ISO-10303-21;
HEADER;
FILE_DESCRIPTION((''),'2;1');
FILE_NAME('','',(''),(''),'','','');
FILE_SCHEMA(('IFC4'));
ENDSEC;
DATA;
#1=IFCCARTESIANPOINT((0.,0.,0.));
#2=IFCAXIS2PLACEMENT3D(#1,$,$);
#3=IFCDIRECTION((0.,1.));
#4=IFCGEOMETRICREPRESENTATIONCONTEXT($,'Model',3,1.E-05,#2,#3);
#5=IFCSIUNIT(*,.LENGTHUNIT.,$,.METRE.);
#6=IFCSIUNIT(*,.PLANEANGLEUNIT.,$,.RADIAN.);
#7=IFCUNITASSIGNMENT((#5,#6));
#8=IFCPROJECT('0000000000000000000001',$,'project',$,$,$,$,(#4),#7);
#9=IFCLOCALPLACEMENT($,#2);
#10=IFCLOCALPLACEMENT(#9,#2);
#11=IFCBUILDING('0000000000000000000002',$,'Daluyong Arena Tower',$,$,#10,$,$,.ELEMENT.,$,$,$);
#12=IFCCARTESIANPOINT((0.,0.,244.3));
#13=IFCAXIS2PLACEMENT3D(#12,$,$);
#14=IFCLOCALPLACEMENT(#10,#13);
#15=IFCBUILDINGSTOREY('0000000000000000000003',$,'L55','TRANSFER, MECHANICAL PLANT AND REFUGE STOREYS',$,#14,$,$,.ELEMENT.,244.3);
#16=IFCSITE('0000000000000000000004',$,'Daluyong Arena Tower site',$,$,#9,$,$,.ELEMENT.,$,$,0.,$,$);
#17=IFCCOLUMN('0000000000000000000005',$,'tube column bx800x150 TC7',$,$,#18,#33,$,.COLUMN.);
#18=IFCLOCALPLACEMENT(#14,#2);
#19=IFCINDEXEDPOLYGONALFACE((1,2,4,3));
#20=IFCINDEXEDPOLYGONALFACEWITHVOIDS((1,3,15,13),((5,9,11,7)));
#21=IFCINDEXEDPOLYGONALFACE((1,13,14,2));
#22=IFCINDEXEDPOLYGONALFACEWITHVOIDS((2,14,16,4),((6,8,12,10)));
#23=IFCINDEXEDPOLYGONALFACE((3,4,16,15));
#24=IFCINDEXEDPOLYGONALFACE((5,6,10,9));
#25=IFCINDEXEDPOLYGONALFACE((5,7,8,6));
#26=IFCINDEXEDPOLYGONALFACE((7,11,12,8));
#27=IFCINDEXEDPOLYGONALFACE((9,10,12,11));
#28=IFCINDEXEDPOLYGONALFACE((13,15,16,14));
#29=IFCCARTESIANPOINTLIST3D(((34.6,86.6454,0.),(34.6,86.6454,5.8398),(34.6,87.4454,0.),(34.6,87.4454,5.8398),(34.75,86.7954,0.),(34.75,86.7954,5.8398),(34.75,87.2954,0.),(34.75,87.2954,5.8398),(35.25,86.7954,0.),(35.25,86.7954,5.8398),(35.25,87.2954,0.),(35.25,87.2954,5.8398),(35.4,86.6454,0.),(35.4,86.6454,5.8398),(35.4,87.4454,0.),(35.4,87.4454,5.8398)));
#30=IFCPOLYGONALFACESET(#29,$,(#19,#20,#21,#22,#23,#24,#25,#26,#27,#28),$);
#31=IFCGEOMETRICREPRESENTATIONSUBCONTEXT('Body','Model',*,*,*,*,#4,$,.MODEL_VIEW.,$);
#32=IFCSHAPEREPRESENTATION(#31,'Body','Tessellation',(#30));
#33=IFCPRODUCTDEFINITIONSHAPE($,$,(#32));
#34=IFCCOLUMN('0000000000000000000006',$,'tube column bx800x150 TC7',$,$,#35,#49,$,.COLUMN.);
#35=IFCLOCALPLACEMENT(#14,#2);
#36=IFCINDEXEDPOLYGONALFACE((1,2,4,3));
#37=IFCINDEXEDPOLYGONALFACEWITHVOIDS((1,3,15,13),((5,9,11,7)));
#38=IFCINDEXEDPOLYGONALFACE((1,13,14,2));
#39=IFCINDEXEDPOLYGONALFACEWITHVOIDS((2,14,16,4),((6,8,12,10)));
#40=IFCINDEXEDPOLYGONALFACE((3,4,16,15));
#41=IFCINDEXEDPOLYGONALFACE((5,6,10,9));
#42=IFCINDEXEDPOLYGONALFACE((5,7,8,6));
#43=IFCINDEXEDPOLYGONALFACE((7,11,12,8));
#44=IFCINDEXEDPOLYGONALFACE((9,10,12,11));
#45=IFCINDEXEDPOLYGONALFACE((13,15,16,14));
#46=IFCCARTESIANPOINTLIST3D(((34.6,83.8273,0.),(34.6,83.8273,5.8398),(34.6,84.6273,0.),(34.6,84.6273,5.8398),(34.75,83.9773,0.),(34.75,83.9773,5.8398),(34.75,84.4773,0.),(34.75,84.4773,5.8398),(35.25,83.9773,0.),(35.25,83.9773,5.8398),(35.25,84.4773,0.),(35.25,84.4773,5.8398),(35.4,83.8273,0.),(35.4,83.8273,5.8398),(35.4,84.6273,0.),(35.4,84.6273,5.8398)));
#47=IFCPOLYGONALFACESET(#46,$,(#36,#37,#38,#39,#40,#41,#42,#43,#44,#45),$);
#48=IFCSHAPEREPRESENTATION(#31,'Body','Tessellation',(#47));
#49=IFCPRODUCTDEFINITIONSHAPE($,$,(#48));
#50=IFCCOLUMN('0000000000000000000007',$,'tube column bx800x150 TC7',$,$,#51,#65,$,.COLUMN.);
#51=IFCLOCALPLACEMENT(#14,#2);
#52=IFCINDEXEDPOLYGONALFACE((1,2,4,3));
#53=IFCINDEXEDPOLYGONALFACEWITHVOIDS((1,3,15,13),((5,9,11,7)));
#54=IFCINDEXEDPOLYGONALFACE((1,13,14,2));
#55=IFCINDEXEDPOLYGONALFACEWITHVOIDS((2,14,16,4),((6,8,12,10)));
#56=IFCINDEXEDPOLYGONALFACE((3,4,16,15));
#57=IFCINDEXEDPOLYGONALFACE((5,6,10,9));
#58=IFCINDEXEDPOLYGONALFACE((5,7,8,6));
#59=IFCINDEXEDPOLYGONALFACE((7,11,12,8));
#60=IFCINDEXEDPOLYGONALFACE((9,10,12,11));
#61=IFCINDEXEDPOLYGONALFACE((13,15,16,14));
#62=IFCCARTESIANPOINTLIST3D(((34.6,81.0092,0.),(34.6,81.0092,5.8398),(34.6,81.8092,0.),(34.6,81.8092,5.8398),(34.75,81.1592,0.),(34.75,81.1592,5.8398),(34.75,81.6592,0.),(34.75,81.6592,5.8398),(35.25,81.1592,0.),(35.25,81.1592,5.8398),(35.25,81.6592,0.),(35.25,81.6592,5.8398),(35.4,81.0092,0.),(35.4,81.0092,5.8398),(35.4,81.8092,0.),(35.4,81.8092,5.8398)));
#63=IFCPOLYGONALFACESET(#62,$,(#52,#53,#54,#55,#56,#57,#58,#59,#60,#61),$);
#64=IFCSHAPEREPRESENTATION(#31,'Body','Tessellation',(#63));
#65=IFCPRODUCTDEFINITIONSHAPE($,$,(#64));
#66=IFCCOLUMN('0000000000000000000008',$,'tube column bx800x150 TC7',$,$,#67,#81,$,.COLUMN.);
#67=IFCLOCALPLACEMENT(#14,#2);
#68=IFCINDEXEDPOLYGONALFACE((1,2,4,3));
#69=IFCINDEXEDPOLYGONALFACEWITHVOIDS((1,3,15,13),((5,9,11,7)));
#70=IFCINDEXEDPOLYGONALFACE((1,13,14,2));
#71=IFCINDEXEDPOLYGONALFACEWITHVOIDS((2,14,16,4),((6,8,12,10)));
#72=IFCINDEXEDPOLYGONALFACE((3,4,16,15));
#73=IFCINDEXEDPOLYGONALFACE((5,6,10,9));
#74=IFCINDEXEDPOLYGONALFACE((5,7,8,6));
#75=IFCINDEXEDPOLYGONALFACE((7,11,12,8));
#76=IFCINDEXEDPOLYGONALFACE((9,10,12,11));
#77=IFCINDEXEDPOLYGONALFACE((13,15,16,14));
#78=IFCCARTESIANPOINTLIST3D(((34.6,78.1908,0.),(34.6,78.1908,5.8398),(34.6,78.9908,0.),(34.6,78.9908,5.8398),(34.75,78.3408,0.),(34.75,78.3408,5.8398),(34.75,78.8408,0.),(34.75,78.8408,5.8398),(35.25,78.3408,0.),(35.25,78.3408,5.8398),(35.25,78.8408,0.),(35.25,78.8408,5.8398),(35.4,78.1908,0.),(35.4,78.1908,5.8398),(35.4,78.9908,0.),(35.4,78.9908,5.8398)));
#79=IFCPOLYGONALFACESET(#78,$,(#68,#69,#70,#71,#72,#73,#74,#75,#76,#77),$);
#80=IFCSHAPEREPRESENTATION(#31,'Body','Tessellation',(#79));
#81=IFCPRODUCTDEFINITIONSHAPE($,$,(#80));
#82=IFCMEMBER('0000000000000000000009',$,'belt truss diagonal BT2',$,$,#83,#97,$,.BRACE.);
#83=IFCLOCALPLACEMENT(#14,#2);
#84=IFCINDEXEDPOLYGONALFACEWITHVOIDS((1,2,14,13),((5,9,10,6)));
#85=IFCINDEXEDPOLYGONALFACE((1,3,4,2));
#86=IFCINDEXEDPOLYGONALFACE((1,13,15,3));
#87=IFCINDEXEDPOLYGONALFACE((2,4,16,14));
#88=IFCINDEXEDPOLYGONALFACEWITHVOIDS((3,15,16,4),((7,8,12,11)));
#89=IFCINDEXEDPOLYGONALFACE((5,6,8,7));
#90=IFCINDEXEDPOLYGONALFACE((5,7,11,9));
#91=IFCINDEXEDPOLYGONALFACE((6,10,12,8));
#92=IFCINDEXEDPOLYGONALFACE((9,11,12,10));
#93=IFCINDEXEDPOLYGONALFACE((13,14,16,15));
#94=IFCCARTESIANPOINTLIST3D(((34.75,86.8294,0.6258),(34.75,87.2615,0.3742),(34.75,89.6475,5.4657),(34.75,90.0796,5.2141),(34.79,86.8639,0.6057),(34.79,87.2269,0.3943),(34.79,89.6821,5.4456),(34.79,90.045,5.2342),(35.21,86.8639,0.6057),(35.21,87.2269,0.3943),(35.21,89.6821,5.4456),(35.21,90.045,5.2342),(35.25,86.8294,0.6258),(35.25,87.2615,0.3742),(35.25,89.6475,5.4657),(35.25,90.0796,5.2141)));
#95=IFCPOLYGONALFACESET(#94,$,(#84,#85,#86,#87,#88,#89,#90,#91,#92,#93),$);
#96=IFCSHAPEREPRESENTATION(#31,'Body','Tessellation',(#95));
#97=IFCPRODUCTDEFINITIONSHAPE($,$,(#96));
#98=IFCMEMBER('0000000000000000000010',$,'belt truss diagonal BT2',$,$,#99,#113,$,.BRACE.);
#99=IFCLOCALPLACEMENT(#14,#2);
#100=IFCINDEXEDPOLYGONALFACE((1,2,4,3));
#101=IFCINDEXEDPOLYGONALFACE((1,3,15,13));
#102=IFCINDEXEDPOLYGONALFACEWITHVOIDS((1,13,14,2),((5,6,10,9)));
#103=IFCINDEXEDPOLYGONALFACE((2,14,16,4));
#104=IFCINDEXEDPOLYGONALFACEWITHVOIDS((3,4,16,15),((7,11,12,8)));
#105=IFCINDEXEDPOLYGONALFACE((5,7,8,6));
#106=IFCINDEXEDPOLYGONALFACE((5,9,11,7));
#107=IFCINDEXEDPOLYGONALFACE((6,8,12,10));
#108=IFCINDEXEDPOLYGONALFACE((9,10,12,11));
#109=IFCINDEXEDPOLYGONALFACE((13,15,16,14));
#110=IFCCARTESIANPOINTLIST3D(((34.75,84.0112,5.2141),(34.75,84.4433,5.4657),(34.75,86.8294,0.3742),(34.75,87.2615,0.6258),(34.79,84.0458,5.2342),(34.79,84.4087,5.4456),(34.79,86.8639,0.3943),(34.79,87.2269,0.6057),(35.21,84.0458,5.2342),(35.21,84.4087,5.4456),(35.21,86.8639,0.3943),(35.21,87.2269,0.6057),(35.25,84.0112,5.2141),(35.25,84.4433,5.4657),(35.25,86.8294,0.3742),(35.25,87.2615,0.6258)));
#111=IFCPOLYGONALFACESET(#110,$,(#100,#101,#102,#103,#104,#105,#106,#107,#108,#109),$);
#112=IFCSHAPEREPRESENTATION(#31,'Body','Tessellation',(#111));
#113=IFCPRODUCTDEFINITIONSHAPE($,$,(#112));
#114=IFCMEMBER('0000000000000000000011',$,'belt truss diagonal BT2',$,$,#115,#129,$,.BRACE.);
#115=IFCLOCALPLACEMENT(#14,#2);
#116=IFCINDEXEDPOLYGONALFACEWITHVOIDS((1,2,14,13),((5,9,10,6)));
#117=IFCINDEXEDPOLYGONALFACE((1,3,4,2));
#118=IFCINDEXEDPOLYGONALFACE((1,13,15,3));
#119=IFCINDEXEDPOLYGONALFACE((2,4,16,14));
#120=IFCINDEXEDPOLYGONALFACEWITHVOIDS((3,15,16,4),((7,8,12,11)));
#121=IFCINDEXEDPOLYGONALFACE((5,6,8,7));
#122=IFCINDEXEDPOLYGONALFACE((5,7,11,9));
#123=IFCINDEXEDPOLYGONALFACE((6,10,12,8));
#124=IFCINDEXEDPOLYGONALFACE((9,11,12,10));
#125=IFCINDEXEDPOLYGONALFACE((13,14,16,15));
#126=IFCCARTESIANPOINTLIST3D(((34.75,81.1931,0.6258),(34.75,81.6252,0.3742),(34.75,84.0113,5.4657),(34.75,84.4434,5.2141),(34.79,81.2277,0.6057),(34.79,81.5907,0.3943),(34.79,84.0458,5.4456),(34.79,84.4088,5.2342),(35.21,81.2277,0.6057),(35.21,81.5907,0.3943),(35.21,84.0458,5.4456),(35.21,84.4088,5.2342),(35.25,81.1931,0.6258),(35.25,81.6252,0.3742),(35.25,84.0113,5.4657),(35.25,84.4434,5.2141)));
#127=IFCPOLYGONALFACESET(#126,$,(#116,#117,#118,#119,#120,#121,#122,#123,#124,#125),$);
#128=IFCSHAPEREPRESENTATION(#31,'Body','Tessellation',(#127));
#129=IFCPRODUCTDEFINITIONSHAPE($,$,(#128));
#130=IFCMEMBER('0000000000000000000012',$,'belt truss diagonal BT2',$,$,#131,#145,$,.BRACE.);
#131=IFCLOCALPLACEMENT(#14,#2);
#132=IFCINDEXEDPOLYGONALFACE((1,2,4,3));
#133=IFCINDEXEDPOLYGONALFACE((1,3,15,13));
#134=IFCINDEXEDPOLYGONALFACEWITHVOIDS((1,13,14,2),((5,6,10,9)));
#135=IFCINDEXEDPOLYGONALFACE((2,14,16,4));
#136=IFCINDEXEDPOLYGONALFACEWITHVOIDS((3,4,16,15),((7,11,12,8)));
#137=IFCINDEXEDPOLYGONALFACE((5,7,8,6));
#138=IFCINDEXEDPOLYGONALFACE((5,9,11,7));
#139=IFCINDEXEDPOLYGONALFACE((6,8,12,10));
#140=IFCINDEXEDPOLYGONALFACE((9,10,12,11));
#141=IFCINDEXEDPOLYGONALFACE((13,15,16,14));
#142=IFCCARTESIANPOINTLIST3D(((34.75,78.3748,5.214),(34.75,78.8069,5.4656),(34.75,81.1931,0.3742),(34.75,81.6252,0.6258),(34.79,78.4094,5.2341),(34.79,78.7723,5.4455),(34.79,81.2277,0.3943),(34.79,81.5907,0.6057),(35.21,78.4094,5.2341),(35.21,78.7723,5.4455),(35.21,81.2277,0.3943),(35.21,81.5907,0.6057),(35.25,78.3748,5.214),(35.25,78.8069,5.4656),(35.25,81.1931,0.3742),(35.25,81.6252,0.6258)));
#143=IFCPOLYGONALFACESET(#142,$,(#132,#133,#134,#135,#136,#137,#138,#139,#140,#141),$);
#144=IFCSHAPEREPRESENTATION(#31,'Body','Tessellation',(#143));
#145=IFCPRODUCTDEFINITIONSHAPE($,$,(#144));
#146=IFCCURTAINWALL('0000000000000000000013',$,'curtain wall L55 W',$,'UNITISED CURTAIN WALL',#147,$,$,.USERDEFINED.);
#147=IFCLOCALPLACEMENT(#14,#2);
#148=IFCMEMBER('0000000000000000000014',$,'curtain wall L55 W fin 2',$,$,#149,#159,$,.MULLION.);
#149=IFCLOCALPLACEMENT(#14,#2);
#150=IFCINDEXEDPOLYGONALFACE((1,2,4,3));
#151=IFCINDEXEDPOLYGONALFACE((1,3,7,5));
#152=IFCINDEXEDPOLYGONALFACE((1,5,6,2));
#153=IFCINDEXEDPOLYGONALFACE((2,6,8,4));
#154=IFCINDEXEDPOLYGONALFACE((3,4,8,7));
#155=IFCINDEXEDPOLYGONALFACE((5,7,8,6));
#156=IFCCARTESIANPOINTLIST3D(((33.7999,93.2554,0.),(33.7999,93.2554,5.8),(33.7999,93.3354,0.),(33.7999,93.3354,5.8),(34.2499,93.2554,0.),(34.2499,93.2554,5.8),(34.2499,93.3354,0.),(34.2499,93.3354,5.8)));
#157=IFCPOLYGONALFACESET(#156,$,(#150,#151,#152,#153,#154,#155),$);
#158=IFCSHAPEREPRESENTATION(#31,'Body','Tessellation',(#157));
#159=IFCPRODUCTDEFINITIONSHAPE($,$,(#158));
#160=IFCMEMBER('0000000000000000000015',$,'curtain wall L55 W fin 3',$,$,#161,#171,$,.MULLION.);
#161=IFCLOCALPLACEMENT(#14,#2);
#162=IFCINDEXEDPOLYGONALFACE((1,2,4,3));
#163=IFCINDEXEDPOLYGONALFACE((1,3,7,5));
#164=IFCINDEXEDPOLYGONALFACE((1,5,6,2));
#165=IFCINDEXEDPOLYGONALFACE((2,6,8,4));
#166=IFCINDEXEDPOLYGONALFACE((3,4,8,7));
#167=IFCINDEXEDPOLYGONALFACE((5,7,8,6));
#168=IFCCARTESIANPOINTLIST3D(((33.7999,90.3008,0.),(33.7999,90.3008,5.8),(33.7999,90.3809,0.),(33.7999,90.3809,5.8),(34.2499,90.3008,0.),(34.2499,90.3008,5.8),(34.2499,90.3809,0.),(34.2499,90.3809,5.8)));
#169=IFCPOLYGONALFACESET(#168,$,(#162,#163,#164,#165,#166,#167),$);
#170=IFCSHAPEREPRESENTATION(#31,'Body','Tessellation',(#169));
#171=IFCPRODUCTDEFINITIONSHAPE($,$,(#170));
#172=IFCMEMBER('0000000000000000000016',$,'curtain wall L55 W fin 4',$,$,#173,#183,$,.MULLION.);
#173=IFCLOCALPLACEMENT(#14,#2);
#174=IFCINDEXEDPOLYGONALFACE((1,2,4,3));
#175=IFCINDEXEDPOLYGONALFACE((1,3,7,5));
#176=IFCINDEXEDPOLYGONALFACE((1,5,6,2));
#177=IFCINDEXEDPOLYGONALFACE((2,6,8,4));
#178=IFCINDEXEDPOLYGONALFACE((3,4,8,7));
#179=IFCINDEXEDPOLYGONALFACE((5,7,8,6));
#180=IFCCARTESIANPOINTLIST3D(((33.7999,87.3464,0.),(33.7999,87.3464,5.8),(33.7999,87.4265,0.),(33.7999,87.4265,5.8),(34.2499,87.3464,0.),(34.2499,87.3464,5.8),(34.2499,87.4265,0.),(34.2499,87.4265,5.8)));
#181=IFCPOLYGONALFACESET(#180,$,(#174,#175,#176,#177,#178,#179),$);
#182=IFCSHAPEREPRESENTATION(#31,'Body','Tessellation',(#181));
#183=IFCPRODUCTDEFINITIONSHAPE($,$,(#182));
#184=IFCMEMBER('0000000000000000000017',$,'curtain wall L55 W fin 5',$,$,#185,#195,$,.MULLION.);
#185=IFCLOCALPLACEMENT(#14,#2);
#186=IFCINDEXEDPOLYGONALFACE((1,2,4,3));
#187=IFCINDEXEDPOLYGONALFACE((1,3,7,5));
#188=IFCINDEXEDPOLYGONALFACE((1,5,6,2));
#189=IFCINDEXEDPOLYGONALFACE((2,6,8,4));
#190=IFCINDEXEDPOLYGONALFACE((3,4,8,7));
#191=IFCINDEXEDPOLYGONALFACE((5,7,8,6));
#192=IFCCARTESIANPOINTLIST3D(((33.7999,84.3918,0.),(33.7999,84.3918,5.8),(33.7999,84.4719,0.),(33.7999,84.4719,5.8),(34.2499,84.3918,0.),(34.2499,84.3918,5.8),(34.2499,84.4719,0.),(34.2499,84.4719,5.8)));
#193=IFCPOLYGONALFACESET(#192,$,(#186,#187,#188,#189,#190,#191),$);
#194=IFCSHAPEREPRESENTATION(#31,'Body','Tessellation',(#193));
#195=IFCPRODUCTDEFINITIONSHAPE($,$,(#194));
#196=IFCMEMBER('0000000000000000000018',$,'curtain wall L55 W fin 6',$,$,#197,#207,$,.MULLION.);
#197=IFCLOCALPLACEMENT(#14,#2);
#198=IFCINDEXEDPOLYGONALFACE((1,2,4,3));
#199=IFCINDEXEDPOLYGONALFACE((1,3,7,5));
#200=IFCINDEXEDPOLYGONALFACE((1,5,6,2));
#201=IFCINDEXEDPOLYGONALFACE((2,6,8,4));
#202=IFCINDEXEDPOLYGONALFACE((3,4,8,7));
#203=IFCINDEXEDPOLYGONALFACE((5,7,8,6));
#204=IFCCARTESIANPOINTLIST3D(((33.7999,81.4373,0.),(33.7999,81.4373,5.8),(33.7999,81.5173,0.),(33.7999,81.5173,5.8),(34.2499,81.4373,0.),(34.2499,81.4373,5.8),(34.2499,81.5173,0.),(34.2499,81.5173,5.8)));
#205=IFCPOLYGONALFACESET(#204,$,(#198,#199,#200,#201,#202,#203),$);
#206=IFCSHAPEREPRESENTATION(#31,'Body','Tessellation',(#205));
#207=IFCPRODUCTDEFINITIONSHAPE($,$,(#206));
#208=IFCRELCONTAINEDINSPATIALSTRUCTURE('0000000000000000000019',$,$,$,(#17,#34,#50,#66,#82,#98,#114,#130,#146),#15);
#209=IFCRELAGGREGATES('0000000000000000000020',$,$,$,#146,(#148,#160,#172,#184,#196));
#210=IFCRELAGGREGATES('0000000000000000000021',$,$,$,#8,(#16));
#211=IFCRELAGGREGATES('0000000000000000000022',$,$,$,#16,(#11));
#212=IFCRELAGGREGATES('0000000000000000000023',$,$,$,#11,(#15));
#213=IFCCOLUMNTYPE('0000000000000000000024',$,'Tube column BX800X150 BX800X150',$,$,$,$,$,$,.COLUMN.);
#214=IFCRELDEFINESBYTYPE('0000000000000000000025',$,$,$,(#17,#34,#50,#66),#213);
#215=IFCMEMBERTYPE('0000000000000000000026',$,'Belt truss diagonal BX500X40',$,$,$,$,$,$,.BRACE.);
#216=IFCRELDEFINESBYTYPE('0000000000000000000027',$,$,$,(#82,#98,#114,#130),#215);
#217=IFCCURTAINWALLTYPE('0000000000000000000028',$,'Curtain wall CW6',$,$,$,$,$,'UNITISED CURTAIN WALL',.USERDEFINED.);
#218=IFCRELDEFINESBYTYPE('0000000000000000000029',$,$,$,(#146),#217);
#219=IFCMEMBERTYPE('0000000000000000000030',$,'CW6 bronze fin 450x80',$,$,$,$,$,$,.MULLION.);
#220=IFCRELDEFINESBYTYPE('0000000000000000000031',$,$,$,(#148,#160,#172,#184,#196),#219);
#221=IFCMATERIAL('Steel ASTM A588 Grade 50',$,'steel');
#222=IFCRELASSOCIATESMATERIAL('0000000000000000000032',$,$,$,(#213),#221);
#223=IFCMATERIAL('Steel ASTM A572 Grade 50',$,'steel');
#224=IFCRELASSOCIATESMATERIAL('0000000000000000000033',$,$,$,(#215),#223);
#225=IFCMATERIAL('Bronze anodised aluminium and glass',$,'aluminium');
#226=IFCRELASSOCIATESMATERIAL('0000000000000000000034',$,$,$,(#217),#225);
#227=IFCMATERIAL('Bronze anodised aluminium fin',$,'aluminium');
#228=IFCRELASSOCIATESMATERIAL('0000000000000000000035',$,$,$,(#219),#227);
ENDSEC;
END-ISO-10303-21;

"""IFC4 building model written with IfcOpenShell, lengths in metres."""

from ifc_helpers import new_model, si_unit, direction, frame, origin, origin_2d, place, context, subcontext, project, spatial, rectangle, hollow_rectangle, extrude, material, material_profile, profile_set, type_object, element, aggregate, save


model = new_model("IFC4")

# Units and contexts
model_context = context("Model", 3, precision=1e-05, world=origin(), true_north=direction((0.0, 1.0)))
body_context = subcontext(model_context, "Body", "Model", "MODEL_VIEW")
ifc_project = project(units=[si_unit("LENGTHUNIT", "METRE"), si_unit("PLANEANGLEUNIT", "RADIAN")], contexts=[model_context])

# Site, building, storey
site_placement = place(None, origin())
site = spatial("IfcSite", under=ifc_project, at=site_placement, Name="Daluyong Arena Tower site", CompositionType="ELEMENT", RefElevation=0.0)
building_placement = place(site_placement, origin())
building = spatial("IfcBuilding", under=site, at=building_placement, Name="Daluyong Arena Tower", CompositionType="ELEMENT")
storey_placement = place(building_placement, frame((0.0, 0.0, 244.3)))
storey = spatial("IfcBuildingStorey", under=building, at=storey_placement, Name="L55", Description="TRANSFER, MECHANICAL PLANT AND REFUGE STOREYS", CompositionType="ELEMENT", Elevation=244.3)

# Columns
ifc_material_1 = material(Name="Steel ASTM A588 Grade 50", Category="steel")
ifc_material_profile_1 = material_profile(ifc_material_1, hollow_rectangle(XDim=0.8, YDim=0.8, WallThickness=0.15, at=origin_2d()))
ifc_profile_set_1 = profile_set([ifc_material_profile_1], Name="Steel ASTM A588 Grade 50")
column_type = type_object("IfcColumnType", Name="Tube column BX800X150 BX800X150", PredefinedType="COLUMN", material=ifc_profile_set_1)
for number, where, z_axis, x_axis, name in (
    (1, (35.0, 87.0454, 0.0), (0.0, 0.0, 1.0), (0.0, 1.0, 0.0), "tube column bx800x150 TC7"),
    (2, (35.0, 84.2273, 0.0), (0.0, 0.0, 1.0), (0.0, 1.0, 0.0), "tube column bx800x150 TC7"),
    (3, (35.0, 81.4092, 0.0), (0.0, 0.0, 1.0), (0.0, 1.0, 0.0), "tube column bx800x150 TC7"),
    (4, (35.0, 78.5908, 0.0), (0.0, 0.0, 1.0), (0.0, 1.0, 0.0), "tube column bx800x150 TC7"),
):
    element("IfcColumn", number, at=place(storey_placement, frame(where, z_axis=z_axis, x_axis=x_axis)), inside=storey, type_object=column_type, Name=name, PredefinedType="COLUMN", context=body_context, shape_type="SweptSolid", body=[
        extrude(hollow_rectangle(XDim=0.8, YDim=0.8, WallThickness=0.15, at=origin_2d()), origin(), (0.0, 0.0, 1.0), 5.8398),
    ])

# Members
ifc_material_2 = material(Name="Steel ASTM A572 Grade 50", Category="steel")
ifc_material_profile_2 = material_profile(ifc_material_2, hollow_rectangle(XDim=0.5, YDim=0.5, WallThickness=0.04, at=origin_2d()))
ifc_profile_set_2 = profile_set([ifc_material_profile_2], Name="Steel ASTM A572 Grade 50")
member_type_1 = type_object("IfcMemberType", Name="Belt truss diagonal BX500X40", PredefinedType="BRACE", material=ifc_profile_set_2)
for number, where, z_axis, x_axis, name in (
    (5, (35.0, 87.0454, 0.5), (0.0, 0.503188, 0.864177), (-1.0, 0.0, 0.0), "belt truss diagonal BT2"),
    (6, (35.0, 87.0454, 0.5), (0.0, -0.503188, 0.864177), (1.0, 0.0, 0.0), "belt truss diagonal BT2"),
    (7, (35.0, 81.4092, 0.5), (0.0, 0.503188, 0.864177), (-1.0, 0.0, 0.0), "belt truss diagonal BT2"),
    (8, (35.0, 81.4092, 0.5), (0.0, -0.50322, 0.864158), (1.0, 0.0, 0.0), "belt truss diagonal BT2"),
):
    element("IfcMember", number, at=place(storey_placement, frame(where, z_axis=z_axis, x_axis=x_axis)), inside=storey, type_object=member_type_1, Name=name, PredefinedType="BRACE", context=body_context, shape_type="SweptSolid", body=[
        extrude(hollow_rectangle(XDim=0.5, YDim=0.5, WallThickness=0.04, at=origin_2d()), origin(), (0.0, 0.0, 1.0), 5.6006),
    ])

# Curtain wall, members
ifc_material_3 = material(Name="Bronze anodised aluminium and glass", Category="aluminium")
curtain_wall_type = type_object("IfcCurtainWallType", Name="Curtain wall CW6", ElementType="UNITISED CURTAIN WALL", PredefinedType="USERDEFINED", material=ifc_material_3)
curtain_wall_placement = place(storey_placement, origin())
curtain_wall = element("IfcCurtainWall", 9, at=curtain_wall_placement, inside=storey, type_object=curtain_wall_type, Name="curtain wall L55 W", ObjectType="UNITISED CURTAIN WALL", PredefinedType="USERDEFINED")
ifc_material_4 = material(Name="Bronze anodised aluminium fin", Category="aluminium")
ifc_material_profile_3 = material_profile(ifc_material_4, rectangle(XDim=0.45, YDim=0.0801, at=origin_2d()))
ifc_profile_set_3 = profile_set([ifc_material_profile_3], Name="Bronze anodised aluminium fin")
member_type_2 = type_object("IfcMemberType", Name="CW6 bronze fin 450x80", PredefinedType="MULLION", material=ifc_profile_set_3)
member_1_placement = place(storey_placement, frame((34.0249, 93.2954, 0.0), z_axis=(0.0, 0.0, 1.0), x_axis=(1.0, 0.0, 0.0)))
member_1 = element("IfcMember", 10, at=member_1_placement, type_object=member_type_2, Name="curtain wall L55 W fin 2", PredefinedType="MULLION", context=body_context, shape_type="SweptSolid", body=[
    extrude(rectangle(XDim=0.45, YDim=0.0801, at=origin_2d()), origin(), (0.0, 0.0, 1.0), 5.8),
])
member_2_placement = place(storey_placement, frame((34.0249, 90.3408, 0.0), z_axis=(0.0, 0.0, 1.0), x_axis=(1.0, 0.0, 0.0)))
member_2 = element("IfcMember", 11, at=member_2_placement, type_object=member_type_2, Name="curtain wall L55 W fin 3", PredefinedType="MULLION", context=body_context, shape_type="SweptSolid", body=[
    extrude(rectangle(XDim=0.45, YDim=0.0801, at=origin_2d()), origin(), (0.0, 0.0, 1.0), 5.8),
])
member_3_placement = place(storey_placement, frame((34.0249, 87.3865, 0.0), z_axis=(0.0, 0.0, 1.0), x_axis=(1.0, 0.0, 0.0)))
member_3 = element("IfcMember", 12, at=member_3_placement, type_object=member_type_2, Name="curtain wall L55 W fin 4", PredefinedType="MULLION", context=body_context, shape_type="SweptSolid", body=[
    extrude(rectangle(XDim=0.45, YDim=0.0801, at=origin_2d()), origin(), (0.0, 0.0, 1.0), 5.8),
])
member_4_placement = place(storey_placement, frame((34.0249, 84.4319, 0.0), z_axis=(0.0, 0.0, 1.0), x_axis=(1.0, 0.0, 0.0)))
member_4 = element("IfcMember", 13, at=member_4_placement, type_object=member_type_2, Name="curtain wall L55 W fin 5", PredefinedType="MULLION", context=body_context, shape_type="SweptSolid", body=[
    extrude(rectangle(XDim=0.45, YDim=0.0801, at=origin_2d()), origin(), (0.0, 0.0, 1.0), 5.8),
])
member_5_placement = place(storey_placement, frame((34.0249, 81.4773, 0.0), z_axis=(0.0, 0.0, 1.0), x_axis=(1.0, 0.0, 0.0)))
member_5 = element("IfcMember", 14, at=member_5_placement, type_object=member_type_2, Name="curtain wall L55 W fin 6", PredefinedType="MULLION", context=body_context, shape_type="SweptSolid", body=[
    extrude(rectangle(XDim=0.45, YDim=0.0801, at=origin_2d()), origin(), (0.0, 0.0, 1.0), 5.8),
])

aggregate(curtain_wall, [member_1, member_2, member_3, member_4, member_5])

save(model, "model.ifc")
